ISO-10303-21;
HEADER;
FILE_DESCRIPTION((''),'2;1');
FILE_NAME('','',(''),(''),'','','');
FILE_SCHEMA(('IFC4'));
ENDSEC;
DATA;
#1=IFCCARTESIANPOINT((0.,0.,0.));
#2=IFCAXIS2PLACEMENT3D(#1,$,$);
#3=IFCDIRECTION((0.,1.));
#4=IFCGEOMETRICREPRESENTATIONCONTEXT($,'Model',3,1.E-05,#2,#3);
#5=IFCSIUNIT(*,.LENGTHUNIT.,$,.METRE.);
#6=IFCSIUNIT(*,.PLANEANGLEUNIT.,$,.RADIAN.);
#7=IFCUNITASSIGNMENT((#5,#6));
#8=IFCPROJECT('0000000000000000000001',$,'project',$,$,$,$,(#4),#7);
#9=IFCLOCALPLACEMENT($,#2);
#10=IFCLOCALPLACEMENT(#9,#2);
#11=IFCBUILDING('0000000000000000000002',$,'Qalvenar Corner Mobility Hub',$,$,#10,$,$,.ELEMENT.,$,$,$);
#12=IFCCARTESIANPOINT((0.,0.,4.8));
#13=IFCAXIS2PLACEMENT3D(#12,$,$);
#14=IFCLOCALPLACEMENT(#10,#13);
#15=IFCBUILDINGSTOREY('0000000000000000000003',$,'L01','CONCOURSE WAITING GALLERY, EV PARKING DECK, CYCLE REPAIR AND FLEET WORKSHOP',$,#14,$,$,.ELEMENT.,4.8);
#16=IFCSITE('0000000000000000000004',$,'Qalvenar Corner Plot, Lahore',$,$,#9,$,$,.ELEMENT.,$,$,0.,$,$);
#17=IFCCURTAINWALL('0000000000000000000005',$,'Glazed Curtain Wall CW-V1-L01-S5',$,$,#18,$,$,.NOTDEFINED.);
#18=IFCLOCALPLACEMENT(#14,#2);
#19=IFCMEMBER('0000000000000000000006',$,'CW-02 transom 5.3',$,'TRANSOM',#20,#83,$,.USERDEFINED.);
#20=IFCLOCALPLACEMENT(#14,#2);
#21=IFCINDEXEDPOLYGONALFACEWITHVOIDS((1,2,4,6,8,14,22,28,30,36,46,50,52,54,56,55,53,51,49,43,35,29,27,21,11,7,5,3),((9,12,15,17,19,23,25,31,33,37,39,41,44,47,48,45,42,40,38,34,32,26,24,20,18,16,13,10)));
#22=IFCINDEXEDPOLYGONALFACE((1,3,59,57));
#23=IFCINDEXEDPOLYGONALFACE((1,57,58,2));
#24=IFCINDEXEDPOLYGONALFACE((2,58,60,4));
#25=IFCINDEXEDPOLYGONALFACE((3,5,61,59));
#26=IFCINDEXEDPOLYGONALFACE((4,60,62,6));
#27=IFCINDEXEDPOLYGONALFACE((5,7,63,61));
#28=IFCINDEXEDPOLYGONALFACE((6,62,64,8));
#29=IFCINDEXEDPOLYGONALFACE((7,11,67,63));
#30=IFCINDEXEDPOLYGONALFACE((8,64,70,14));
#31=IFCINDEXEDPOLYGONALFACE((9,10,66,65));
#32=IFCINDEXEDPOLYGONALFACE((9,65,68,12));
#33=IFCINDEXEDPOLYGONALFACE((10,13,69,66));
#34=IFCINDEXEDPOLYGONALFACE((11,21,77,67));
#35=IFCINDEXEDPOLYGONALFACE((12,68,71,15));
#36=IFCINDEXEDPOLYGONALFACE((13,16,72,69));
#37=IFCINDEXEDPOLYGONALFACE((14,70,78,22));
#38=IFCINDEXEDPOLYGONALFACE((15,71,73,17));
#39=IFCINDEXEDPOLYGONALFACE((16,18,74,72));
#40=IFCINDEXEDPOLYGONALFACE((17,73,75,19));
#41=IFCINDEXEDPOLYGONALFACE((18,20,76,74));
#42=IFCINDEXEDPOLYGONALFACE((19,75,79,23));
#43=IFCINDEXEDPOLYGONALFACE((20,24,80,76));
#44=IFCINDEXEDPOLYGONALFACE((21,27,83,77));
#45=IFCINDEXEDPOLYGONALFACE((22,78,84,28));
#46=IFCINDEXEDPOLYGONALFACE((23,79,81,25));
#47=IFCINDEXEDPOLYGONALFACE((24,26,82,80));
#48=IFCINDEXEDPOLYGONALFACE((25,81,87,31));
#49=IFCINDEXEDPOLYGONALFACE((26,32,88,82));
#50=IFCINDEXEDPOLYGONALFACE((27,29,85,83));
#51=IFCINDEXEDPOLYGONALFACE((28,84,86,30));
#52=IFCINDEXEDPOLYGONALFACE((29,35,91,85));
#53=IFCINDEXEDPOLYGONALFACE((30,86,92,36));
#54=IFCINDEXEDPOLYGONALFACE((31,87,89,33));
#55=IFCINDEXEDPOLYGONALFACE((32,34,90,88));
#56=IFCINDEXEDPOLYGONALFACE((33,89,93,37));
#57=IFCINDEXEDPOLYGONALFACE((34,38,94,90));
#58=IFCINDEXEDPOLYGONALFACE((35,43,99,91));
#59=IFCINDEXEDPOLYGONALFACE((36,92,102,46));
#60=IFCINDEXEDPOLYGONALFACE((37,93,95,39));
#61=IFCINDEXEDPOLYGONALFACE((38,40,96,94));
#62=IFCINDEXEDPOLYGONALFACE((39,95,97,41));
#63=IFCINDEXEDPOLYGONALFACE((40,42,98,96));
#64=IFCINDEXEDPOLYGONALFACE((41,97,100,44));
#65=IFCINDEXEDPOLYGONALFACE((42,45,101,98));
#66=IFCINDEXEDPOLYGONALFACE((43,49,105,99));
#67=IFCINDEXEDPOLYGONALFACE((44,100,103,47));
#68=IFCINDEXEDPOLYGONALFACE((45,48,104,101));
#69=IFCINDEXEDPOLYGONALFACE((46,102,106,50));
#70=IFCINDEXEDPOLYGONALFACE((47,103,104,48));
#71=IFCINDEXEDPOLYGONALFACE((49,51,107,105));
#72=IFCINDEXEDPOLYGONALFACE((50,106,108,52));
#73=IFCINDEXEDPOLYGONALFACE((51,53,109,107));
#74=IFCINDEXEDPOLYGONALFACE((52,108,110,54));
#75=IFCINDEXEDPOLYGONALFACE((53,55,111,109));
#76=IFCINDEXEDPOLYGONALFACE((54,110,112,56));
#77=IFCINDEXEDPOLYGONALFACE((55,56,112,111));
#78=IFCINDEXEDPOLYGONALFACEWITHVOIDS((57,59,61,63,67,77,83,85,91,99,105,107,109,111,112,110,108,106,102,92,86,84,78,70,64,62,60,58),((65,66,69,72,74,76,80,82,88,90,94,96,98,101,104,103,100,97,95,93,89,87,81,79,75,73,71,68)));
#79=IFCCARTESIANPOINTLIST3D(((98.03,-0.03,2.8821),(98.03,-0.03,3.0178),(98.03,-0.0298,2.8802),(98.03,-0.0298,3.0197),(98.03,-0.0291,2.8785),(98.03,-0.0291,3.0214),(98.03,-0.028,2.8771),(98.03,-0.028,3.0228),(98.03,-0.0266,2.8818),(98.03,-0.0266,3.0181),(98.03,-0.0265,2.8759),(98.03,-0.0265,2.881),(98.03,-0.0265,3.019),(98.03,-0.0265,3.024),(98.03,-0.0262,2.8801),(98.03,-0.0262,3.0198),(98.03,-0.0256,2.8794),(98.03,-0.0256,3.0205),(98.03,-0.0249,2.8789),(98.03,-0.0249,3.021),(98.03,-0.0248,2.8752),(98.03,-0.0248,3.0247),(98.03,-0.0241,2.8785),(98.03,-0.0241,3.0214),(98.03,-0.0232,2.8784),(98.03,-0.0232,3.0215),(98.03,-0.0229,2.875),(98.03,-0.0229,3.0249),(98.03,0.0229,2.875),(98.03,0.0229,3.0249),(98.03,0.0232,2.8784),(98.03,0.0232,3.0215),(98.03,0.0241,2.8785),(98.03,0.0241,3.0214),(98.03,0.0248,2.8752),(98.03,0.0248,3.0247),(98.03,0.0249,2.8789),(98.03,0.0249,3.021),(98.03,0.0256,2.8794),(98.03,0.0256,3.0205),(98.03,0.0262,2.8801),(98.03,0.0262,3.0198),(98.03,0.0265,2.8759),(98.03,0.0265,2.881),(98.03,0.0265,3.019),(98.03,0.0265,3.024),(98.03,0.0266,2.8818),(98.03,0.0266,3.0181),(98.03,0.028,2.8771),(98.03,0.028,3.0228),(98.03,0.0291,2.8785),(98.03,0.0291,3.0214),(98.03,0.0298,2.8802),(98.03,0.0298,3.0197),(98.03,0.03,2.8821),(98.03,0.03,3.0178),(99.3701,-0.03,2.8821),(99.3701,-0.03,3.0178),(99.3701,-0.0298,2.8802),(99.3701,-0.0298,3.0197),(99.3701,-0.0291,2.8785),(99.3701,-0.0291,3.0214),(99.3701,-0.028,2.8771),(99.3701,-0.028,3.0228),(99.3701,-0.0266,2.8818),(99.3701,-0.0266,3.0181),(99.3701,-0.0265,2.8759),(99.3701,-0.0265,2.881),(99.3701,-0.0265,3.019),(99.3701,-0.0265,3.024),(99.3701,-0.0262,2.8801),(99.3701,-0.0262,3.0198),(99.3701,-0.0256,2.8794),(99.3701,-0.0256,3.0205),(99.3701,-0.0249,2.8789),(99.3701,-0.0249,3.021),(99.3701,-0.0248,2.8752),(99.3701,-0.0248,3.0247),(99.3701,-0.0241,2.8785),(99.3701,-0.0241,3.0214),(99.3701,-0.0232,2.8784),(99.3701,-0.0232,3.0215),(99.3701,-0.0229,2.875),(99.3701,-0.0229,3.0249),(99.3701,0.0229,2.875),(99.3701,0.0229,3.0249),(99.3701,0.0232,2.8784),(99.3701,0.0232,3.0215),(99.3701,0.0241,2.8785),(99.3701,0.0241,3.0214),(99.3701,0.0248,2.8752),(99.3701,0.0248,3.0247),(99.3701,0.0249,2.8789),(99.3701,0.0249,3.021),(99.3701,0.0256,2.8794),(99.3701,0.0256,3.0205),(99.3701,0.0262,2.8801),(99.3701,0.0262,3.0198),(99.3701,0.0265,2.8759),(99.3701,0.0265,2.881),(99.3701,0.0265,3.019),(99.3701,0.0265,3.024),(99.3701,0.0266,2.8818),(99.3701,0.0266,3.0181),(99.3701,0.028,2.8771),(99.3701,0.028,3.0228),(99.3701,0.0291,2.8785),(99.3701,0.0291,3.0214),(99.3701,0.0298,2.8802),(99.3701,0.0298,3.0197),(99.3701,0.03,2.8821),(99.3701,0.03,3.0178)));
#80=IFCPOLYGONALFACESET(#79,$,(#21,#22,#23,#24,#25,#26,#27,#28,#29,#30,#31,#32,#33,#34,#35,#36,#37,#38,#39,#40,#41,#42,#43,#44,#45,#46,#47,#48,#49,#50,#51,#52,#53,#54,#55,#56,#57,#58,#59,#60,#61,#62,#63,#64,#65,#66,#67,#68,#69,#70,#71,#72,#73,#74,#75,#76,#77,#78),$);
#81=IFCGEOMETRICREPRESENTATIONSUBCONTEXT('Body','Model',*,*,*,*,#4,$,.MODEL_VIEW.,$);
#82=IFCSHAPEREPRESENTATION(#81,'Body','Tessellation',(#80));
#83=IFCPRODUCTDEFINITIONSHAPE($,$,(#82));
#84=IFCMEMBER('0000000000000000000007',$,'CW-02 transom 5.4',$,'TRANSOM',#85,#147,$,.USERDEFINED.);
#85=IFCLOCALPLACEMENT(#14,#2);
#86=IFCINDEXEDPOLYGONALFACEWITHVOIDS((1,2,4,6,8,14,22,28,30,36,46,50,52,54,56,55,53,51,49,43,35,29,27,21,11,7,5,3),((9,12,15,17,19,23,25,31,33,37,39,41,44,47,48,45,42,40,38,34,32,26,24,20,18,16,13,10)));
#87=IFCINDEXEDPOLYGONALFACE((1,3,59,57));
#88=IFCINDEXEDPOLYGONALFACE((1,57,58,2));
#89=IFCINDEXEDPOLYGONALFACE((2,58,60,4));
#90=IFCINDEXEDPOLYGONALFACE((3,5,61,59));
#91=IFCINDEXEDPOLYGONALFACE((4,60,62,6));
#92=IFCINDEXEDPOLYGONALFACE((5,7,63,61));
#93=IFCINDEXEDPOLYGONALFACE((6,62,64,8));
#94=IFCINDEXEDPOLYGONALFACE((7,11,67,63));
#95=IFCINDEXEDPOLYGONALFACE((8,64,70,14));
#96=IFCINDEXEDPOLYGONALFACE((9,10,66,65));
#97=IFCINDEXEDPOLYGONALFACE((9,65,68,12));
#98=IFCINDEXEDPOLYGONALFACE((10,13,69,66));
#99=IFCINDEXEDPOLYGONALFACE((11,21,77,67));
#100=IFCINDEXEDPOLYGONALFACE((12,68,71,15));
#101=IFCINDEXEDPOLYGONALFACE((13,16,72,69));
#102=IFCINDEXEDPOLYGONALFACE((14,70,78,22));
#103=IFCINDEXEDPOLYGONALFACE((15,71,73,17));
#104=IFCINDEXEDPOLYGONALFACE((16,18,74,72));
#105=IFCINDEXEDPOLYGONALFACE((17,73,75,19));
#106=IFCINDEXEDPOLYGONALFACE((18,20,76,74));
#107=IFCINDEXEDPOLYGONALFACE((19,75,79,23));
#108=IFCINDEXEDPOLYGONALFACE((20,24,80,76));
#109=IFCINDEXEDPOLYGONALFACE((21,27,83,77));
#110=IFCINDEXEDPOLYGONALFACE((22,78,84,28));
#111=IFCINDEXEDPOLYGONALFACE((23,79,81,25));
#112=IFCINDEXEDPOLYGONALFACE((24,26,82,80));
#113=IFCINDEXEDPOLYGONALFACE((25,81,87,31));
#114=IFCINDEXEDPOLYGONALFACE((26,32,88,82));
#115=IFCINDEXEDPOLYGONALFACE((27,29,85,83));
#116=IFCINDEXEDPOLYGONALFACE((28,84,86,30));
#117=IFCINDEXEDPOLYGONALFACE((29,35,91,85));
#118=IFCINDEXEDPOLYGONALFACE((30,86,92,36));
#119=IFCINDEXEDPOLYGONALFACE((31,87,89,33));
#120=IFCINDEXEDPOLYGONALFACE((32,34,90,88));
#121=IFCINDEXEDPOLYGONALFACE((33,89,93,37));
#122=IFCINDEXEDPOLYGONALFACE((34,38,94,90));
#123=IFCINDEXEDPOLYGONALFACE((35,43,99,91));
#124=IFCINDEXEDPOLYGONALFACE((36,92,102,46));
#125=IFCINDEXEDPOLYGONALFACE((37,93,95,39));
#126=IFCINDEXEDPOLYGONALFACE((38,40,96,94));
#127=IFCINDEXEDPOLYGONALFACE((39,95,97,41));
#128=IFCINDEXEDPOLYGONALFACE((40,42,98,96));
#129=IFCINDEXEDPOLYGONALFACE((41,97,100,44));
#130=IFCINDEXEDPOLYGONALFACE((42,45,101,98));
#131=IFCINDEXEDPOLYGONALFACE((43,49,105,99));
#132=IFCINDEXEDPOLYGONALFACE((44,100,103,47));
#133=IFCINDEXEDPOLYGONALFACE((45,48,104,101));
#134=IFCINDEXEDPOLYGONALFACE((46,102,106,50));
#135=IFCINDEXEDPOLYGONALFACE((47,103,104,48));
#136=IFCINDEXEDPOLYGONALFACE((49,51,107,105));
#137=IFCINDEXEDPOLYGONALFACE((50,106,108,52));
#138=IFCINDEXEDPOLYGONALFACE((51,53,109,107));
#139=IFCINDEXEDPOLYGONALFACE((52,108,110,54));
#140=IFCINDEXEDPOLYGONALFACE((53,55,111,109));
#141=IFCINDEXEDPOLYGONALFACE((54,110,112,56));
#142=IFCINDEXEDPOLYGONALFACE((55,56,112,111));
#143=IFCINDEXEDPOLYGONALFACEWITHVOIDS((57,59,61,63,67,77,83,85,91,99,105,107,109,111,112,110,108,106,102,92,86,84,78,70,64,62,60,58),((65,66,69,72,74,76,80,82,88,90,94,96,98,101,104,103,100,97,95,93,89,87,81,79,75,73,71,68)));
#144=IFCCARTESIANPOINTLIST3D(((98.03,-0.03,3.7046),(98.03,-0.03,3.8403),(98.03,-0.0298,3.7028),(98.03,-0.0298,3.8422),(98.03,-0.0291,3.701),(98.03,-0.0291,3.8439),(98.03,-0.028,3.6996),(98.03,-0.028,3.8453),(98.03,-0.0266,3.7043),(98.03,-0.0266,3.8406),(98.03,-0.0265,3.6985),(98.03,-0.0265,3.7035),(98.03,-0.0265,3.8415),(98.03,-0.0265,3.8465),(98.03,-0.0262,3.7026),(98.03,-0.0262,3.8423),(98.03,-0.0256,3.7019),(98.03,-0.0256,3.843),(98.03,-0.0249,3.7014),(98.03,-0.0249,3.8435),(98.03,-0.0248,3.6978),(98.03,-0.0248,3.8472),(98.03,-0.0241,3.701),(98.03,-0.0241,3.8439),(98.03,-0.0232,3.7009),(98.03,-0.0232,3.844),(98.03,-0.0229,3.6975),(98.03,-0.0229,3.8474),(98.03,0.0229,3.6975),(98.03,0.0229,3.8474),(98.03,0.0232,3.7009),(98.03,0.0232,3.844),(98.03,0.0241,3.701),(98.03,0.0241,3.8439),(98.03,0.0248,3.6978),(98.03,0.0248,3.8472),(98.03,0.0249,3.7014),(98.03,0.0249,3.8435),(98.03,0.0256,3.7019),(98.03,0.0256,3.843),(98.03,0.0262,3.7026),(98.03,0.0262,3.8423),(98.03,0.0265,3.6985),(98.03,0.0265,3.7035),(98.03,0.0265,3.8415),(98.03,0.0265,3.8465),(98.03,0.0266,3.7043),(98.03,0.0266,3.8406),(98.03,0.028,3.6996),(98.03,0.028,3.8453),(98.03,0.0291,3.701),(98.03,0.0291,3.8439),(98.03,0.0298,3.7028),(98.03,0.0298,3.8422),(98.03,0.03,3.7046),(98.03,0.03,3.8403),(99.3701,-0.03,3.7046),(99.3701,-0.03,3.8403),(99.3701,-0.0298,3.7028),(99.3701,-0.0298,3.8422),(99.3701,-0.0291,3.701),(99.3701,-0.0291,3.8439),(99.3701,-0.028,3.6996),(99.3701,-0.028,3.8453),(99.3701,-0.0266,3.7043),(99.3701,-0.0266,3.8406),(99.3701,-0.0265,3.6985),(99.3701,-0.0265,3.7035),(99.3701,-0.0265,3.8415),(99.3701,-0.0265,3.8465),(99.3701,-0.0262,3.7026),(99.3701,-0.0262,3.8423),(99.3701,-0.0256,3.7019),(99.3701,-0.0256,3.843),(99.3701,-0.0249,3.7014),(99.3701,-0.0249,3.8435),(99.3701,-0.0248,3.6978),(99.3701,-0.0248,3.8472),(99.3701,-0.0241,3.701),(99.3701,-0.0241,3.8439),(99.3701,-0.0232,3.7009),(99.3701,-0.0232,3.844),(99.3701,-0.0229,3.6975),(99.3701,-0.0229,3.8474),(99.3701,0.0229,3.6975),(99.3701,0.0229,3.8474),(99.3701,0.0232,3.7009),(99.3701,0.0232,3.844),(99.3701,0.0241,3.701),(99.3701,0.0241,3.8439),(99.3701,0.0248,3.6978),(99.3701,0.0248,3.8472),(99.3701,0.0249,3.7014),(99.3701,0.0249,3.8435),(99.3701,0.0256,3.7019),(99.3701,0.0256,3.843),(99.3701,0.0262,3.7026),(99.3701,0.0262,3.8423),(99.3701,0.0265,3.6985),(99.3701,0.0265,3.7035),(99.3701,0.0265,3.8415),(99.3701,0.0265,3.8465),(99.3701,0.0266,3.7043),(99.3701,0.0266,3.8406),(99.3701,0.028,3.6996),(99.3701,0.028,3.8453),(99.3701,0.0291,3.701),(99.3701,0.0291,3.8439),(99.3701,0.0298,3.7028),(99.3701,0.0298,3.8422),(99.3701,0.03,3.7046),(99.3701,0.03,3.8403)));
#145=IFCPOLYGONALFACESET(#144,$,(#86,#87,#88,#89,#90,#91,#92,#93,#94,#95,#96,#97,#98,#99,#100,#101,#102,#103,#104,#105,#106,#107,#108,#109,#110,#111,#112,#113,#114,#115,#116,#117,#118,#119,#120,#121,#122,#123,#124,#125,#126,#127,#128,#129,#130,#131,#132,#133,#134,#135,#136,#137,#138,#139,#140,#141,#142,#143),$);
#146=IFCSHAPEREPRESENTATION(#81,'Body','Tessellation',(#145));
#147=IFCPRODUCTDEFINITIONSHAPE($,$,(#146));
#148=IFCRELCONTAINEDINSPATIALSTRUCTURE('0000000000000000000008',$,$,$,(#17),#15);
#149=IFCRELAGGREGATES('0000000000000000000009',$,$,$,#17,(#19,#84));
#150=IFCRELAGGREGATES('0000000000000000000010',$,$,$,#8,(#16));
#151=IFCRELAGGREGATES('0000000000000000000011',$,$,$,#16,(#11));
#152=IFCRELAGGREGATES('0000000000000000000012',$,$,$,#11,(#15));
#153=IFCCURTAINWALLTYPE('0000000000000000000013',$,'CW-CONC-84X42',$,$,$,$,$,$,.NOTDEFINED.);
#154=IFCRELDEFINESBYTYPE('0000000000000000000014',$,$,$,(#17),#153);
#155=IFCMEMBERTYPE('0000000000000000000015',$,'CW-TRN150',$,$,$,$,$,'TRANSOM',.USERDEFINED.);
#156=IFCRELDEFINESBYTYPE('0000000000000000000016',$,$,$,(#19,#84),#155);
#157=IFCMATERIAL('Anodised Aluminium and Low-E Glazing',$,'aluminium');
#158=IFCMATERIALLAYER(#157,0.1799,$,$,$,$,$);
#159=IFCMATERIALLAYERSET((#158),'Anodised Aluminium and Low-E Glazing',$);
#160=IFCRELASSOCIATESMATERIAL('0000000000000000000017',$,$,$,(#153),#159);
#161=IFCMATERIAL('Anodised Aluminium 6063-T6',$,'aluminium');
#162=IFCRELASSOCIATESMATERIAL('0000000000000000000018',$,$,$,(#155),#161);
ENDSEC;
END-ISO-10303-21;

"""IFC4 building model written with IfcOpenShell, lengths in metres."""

from ifc_helpers import new_model, si_unit, direction, frame, origin, origin_2d, place, context, subcontext, project, spatial, hollow_rectangle, extrude, material, layer, layer_set, material_profile, profile_set, type_object, element, aggregate, save


model = new_model("IFC4")

# Units and contexts
model_context = context("Model", 3, precision=1e-05, world=origin(), true_north=direction((0.0, 1.0)))
body_context = subcontext(model_context, "Body", "Model", "MODEL_VIEW")
ifc_project = project(units=[si_unit("LENGTHUNIT", "METRE"), si_unit("PLANEANGLEUNIT", "RADIAN")], contexts=[model_context])

# Site, building, storey
site_placement = place(None, origin())
site = spatial("IfcSite", under=ifc_project, at=site_placement, Name="Qalvenar Corner Plot, Lahore", CompositionType="ELEMENT", RefElevation=0.0)
building_placement = place(site_placement, origin())
building = spatial("IfcBuilding", under=site, at=building_placement, Name="Qalvenar Corner Mobility Hub", CompositionType="ELEMENT")
storey_placement = place(building_placement, frame((0.0, 0.0, 4.8)))
storey = spatial("IfcBuildingStorey", under=building, at=storey_placement, Name="L01", Description="CONCOURSE WAITING GALLERY, EV PARKING DECK, CYCLE REPAIR AND FLEET WORKSHOP", CompositionType="ELEMENT", Elevation=4.8)

# Curtain wall
ifc_material_1 = material(Name="Anodised Aluminium and Low-E Glazing", Category="aluminium")
ifc_layer_1 = layer(ifc_material_1, 0.1799)
ifc_layer_set_1 = layer_set([ifc_layer_1], Name="Anodised Aluminium and Low-E Glazing")
curtain_wall_type = type_object("IfcCurtainWallType", Name="CW-CONC-84X42", PredefinedType="NOTDEFINED", material=ifc_layer_set_1)
curtain_wall_1_placement = place(storey_placement, origin())
curtain_wall_1 = element("IfcCurtainWall", 1, at=curtain_wall_1_placement, inside=storey, type_object=curtain_wall_type, Name="Glazed Curtain Wall CW-V1-L01-S5", PredefinedType="NOTDEFINED")
ifc_material_2 = material(Name="Anodised Aluminium 6063-T6", Category="aluminium")

# Members
ifc_material_profile_1 = material_profile(ifc_material_2, hollow_rectangle(XDim=0.0601, YDim=0.1499, WallThickness=0.0034, InnerFilletRadius=0.0034, OuterFilletRadius=0.0071, at=origin_2d()), Name="RHS150x60x3.5")
ifc_profile_set_1 = profile_set([ifc_material_profile_1], Name="Anodised Aluminium 6063-T6")
member_type_1 = type_object("IfcMemberType", Name="CW-TRN150", ElementType="TRANSOM", PredefinedType="USERDEFINED", material=ifc_profile_set_1)
member_1_placement = place(storey_placement, frame((98.03, 0.0, 2.95), z_axis=(1.0, 0.0, 0.0), x_axis=(0.0, 1.0, 0.0)))
member_1 = element("IfcMember", 2, at=member_1_placement, type_object=member_type_1, Name="CW-02 transom 5.3", ObjectType="TRANSOM", PredefinedType="USERDEFINED", context=body_context, shape_type="SweptSolid", body=[
    extrude(hollow_rectangle(XDim=0.0601, YDim=0.1499, WallThickness=0.0034, InnerFilletRadius=0.0034, OuterFilletRadius=0.0071, at=origin_2d()), origin(), (0.0, 0.0, 1.0), 1.3401),
])
member_2_placement = place(storey_placement, frame((98.03, 0.0, 3.7725), z_axis=(1.0, 0.0, 0.0), x_axis=(0.0, 1.0, 0.0)))
member_2 = element("IfcMember", 3, at=member_2_placement, type_object=member_type_1, Name="CW-02 transom 5.4", ObjectType="TRANSOM", PredefinedType="USERDEFINED", context=body_context, shape_type="SweptSolid", body=[
    extrude(hollow_rectangle(XDim=0.0601, YDim=0.1499, WallThickness=0.0034, InnerFilletRadius=0.0034, OuterFilletRadius=0.0071, at=origin_2d()), origin(), (0.0, 0.0, 1.0), 1.3401),
])

aggregate(curtain_wall_1, [member_1, member_2])

save(model, "model.ifc")
